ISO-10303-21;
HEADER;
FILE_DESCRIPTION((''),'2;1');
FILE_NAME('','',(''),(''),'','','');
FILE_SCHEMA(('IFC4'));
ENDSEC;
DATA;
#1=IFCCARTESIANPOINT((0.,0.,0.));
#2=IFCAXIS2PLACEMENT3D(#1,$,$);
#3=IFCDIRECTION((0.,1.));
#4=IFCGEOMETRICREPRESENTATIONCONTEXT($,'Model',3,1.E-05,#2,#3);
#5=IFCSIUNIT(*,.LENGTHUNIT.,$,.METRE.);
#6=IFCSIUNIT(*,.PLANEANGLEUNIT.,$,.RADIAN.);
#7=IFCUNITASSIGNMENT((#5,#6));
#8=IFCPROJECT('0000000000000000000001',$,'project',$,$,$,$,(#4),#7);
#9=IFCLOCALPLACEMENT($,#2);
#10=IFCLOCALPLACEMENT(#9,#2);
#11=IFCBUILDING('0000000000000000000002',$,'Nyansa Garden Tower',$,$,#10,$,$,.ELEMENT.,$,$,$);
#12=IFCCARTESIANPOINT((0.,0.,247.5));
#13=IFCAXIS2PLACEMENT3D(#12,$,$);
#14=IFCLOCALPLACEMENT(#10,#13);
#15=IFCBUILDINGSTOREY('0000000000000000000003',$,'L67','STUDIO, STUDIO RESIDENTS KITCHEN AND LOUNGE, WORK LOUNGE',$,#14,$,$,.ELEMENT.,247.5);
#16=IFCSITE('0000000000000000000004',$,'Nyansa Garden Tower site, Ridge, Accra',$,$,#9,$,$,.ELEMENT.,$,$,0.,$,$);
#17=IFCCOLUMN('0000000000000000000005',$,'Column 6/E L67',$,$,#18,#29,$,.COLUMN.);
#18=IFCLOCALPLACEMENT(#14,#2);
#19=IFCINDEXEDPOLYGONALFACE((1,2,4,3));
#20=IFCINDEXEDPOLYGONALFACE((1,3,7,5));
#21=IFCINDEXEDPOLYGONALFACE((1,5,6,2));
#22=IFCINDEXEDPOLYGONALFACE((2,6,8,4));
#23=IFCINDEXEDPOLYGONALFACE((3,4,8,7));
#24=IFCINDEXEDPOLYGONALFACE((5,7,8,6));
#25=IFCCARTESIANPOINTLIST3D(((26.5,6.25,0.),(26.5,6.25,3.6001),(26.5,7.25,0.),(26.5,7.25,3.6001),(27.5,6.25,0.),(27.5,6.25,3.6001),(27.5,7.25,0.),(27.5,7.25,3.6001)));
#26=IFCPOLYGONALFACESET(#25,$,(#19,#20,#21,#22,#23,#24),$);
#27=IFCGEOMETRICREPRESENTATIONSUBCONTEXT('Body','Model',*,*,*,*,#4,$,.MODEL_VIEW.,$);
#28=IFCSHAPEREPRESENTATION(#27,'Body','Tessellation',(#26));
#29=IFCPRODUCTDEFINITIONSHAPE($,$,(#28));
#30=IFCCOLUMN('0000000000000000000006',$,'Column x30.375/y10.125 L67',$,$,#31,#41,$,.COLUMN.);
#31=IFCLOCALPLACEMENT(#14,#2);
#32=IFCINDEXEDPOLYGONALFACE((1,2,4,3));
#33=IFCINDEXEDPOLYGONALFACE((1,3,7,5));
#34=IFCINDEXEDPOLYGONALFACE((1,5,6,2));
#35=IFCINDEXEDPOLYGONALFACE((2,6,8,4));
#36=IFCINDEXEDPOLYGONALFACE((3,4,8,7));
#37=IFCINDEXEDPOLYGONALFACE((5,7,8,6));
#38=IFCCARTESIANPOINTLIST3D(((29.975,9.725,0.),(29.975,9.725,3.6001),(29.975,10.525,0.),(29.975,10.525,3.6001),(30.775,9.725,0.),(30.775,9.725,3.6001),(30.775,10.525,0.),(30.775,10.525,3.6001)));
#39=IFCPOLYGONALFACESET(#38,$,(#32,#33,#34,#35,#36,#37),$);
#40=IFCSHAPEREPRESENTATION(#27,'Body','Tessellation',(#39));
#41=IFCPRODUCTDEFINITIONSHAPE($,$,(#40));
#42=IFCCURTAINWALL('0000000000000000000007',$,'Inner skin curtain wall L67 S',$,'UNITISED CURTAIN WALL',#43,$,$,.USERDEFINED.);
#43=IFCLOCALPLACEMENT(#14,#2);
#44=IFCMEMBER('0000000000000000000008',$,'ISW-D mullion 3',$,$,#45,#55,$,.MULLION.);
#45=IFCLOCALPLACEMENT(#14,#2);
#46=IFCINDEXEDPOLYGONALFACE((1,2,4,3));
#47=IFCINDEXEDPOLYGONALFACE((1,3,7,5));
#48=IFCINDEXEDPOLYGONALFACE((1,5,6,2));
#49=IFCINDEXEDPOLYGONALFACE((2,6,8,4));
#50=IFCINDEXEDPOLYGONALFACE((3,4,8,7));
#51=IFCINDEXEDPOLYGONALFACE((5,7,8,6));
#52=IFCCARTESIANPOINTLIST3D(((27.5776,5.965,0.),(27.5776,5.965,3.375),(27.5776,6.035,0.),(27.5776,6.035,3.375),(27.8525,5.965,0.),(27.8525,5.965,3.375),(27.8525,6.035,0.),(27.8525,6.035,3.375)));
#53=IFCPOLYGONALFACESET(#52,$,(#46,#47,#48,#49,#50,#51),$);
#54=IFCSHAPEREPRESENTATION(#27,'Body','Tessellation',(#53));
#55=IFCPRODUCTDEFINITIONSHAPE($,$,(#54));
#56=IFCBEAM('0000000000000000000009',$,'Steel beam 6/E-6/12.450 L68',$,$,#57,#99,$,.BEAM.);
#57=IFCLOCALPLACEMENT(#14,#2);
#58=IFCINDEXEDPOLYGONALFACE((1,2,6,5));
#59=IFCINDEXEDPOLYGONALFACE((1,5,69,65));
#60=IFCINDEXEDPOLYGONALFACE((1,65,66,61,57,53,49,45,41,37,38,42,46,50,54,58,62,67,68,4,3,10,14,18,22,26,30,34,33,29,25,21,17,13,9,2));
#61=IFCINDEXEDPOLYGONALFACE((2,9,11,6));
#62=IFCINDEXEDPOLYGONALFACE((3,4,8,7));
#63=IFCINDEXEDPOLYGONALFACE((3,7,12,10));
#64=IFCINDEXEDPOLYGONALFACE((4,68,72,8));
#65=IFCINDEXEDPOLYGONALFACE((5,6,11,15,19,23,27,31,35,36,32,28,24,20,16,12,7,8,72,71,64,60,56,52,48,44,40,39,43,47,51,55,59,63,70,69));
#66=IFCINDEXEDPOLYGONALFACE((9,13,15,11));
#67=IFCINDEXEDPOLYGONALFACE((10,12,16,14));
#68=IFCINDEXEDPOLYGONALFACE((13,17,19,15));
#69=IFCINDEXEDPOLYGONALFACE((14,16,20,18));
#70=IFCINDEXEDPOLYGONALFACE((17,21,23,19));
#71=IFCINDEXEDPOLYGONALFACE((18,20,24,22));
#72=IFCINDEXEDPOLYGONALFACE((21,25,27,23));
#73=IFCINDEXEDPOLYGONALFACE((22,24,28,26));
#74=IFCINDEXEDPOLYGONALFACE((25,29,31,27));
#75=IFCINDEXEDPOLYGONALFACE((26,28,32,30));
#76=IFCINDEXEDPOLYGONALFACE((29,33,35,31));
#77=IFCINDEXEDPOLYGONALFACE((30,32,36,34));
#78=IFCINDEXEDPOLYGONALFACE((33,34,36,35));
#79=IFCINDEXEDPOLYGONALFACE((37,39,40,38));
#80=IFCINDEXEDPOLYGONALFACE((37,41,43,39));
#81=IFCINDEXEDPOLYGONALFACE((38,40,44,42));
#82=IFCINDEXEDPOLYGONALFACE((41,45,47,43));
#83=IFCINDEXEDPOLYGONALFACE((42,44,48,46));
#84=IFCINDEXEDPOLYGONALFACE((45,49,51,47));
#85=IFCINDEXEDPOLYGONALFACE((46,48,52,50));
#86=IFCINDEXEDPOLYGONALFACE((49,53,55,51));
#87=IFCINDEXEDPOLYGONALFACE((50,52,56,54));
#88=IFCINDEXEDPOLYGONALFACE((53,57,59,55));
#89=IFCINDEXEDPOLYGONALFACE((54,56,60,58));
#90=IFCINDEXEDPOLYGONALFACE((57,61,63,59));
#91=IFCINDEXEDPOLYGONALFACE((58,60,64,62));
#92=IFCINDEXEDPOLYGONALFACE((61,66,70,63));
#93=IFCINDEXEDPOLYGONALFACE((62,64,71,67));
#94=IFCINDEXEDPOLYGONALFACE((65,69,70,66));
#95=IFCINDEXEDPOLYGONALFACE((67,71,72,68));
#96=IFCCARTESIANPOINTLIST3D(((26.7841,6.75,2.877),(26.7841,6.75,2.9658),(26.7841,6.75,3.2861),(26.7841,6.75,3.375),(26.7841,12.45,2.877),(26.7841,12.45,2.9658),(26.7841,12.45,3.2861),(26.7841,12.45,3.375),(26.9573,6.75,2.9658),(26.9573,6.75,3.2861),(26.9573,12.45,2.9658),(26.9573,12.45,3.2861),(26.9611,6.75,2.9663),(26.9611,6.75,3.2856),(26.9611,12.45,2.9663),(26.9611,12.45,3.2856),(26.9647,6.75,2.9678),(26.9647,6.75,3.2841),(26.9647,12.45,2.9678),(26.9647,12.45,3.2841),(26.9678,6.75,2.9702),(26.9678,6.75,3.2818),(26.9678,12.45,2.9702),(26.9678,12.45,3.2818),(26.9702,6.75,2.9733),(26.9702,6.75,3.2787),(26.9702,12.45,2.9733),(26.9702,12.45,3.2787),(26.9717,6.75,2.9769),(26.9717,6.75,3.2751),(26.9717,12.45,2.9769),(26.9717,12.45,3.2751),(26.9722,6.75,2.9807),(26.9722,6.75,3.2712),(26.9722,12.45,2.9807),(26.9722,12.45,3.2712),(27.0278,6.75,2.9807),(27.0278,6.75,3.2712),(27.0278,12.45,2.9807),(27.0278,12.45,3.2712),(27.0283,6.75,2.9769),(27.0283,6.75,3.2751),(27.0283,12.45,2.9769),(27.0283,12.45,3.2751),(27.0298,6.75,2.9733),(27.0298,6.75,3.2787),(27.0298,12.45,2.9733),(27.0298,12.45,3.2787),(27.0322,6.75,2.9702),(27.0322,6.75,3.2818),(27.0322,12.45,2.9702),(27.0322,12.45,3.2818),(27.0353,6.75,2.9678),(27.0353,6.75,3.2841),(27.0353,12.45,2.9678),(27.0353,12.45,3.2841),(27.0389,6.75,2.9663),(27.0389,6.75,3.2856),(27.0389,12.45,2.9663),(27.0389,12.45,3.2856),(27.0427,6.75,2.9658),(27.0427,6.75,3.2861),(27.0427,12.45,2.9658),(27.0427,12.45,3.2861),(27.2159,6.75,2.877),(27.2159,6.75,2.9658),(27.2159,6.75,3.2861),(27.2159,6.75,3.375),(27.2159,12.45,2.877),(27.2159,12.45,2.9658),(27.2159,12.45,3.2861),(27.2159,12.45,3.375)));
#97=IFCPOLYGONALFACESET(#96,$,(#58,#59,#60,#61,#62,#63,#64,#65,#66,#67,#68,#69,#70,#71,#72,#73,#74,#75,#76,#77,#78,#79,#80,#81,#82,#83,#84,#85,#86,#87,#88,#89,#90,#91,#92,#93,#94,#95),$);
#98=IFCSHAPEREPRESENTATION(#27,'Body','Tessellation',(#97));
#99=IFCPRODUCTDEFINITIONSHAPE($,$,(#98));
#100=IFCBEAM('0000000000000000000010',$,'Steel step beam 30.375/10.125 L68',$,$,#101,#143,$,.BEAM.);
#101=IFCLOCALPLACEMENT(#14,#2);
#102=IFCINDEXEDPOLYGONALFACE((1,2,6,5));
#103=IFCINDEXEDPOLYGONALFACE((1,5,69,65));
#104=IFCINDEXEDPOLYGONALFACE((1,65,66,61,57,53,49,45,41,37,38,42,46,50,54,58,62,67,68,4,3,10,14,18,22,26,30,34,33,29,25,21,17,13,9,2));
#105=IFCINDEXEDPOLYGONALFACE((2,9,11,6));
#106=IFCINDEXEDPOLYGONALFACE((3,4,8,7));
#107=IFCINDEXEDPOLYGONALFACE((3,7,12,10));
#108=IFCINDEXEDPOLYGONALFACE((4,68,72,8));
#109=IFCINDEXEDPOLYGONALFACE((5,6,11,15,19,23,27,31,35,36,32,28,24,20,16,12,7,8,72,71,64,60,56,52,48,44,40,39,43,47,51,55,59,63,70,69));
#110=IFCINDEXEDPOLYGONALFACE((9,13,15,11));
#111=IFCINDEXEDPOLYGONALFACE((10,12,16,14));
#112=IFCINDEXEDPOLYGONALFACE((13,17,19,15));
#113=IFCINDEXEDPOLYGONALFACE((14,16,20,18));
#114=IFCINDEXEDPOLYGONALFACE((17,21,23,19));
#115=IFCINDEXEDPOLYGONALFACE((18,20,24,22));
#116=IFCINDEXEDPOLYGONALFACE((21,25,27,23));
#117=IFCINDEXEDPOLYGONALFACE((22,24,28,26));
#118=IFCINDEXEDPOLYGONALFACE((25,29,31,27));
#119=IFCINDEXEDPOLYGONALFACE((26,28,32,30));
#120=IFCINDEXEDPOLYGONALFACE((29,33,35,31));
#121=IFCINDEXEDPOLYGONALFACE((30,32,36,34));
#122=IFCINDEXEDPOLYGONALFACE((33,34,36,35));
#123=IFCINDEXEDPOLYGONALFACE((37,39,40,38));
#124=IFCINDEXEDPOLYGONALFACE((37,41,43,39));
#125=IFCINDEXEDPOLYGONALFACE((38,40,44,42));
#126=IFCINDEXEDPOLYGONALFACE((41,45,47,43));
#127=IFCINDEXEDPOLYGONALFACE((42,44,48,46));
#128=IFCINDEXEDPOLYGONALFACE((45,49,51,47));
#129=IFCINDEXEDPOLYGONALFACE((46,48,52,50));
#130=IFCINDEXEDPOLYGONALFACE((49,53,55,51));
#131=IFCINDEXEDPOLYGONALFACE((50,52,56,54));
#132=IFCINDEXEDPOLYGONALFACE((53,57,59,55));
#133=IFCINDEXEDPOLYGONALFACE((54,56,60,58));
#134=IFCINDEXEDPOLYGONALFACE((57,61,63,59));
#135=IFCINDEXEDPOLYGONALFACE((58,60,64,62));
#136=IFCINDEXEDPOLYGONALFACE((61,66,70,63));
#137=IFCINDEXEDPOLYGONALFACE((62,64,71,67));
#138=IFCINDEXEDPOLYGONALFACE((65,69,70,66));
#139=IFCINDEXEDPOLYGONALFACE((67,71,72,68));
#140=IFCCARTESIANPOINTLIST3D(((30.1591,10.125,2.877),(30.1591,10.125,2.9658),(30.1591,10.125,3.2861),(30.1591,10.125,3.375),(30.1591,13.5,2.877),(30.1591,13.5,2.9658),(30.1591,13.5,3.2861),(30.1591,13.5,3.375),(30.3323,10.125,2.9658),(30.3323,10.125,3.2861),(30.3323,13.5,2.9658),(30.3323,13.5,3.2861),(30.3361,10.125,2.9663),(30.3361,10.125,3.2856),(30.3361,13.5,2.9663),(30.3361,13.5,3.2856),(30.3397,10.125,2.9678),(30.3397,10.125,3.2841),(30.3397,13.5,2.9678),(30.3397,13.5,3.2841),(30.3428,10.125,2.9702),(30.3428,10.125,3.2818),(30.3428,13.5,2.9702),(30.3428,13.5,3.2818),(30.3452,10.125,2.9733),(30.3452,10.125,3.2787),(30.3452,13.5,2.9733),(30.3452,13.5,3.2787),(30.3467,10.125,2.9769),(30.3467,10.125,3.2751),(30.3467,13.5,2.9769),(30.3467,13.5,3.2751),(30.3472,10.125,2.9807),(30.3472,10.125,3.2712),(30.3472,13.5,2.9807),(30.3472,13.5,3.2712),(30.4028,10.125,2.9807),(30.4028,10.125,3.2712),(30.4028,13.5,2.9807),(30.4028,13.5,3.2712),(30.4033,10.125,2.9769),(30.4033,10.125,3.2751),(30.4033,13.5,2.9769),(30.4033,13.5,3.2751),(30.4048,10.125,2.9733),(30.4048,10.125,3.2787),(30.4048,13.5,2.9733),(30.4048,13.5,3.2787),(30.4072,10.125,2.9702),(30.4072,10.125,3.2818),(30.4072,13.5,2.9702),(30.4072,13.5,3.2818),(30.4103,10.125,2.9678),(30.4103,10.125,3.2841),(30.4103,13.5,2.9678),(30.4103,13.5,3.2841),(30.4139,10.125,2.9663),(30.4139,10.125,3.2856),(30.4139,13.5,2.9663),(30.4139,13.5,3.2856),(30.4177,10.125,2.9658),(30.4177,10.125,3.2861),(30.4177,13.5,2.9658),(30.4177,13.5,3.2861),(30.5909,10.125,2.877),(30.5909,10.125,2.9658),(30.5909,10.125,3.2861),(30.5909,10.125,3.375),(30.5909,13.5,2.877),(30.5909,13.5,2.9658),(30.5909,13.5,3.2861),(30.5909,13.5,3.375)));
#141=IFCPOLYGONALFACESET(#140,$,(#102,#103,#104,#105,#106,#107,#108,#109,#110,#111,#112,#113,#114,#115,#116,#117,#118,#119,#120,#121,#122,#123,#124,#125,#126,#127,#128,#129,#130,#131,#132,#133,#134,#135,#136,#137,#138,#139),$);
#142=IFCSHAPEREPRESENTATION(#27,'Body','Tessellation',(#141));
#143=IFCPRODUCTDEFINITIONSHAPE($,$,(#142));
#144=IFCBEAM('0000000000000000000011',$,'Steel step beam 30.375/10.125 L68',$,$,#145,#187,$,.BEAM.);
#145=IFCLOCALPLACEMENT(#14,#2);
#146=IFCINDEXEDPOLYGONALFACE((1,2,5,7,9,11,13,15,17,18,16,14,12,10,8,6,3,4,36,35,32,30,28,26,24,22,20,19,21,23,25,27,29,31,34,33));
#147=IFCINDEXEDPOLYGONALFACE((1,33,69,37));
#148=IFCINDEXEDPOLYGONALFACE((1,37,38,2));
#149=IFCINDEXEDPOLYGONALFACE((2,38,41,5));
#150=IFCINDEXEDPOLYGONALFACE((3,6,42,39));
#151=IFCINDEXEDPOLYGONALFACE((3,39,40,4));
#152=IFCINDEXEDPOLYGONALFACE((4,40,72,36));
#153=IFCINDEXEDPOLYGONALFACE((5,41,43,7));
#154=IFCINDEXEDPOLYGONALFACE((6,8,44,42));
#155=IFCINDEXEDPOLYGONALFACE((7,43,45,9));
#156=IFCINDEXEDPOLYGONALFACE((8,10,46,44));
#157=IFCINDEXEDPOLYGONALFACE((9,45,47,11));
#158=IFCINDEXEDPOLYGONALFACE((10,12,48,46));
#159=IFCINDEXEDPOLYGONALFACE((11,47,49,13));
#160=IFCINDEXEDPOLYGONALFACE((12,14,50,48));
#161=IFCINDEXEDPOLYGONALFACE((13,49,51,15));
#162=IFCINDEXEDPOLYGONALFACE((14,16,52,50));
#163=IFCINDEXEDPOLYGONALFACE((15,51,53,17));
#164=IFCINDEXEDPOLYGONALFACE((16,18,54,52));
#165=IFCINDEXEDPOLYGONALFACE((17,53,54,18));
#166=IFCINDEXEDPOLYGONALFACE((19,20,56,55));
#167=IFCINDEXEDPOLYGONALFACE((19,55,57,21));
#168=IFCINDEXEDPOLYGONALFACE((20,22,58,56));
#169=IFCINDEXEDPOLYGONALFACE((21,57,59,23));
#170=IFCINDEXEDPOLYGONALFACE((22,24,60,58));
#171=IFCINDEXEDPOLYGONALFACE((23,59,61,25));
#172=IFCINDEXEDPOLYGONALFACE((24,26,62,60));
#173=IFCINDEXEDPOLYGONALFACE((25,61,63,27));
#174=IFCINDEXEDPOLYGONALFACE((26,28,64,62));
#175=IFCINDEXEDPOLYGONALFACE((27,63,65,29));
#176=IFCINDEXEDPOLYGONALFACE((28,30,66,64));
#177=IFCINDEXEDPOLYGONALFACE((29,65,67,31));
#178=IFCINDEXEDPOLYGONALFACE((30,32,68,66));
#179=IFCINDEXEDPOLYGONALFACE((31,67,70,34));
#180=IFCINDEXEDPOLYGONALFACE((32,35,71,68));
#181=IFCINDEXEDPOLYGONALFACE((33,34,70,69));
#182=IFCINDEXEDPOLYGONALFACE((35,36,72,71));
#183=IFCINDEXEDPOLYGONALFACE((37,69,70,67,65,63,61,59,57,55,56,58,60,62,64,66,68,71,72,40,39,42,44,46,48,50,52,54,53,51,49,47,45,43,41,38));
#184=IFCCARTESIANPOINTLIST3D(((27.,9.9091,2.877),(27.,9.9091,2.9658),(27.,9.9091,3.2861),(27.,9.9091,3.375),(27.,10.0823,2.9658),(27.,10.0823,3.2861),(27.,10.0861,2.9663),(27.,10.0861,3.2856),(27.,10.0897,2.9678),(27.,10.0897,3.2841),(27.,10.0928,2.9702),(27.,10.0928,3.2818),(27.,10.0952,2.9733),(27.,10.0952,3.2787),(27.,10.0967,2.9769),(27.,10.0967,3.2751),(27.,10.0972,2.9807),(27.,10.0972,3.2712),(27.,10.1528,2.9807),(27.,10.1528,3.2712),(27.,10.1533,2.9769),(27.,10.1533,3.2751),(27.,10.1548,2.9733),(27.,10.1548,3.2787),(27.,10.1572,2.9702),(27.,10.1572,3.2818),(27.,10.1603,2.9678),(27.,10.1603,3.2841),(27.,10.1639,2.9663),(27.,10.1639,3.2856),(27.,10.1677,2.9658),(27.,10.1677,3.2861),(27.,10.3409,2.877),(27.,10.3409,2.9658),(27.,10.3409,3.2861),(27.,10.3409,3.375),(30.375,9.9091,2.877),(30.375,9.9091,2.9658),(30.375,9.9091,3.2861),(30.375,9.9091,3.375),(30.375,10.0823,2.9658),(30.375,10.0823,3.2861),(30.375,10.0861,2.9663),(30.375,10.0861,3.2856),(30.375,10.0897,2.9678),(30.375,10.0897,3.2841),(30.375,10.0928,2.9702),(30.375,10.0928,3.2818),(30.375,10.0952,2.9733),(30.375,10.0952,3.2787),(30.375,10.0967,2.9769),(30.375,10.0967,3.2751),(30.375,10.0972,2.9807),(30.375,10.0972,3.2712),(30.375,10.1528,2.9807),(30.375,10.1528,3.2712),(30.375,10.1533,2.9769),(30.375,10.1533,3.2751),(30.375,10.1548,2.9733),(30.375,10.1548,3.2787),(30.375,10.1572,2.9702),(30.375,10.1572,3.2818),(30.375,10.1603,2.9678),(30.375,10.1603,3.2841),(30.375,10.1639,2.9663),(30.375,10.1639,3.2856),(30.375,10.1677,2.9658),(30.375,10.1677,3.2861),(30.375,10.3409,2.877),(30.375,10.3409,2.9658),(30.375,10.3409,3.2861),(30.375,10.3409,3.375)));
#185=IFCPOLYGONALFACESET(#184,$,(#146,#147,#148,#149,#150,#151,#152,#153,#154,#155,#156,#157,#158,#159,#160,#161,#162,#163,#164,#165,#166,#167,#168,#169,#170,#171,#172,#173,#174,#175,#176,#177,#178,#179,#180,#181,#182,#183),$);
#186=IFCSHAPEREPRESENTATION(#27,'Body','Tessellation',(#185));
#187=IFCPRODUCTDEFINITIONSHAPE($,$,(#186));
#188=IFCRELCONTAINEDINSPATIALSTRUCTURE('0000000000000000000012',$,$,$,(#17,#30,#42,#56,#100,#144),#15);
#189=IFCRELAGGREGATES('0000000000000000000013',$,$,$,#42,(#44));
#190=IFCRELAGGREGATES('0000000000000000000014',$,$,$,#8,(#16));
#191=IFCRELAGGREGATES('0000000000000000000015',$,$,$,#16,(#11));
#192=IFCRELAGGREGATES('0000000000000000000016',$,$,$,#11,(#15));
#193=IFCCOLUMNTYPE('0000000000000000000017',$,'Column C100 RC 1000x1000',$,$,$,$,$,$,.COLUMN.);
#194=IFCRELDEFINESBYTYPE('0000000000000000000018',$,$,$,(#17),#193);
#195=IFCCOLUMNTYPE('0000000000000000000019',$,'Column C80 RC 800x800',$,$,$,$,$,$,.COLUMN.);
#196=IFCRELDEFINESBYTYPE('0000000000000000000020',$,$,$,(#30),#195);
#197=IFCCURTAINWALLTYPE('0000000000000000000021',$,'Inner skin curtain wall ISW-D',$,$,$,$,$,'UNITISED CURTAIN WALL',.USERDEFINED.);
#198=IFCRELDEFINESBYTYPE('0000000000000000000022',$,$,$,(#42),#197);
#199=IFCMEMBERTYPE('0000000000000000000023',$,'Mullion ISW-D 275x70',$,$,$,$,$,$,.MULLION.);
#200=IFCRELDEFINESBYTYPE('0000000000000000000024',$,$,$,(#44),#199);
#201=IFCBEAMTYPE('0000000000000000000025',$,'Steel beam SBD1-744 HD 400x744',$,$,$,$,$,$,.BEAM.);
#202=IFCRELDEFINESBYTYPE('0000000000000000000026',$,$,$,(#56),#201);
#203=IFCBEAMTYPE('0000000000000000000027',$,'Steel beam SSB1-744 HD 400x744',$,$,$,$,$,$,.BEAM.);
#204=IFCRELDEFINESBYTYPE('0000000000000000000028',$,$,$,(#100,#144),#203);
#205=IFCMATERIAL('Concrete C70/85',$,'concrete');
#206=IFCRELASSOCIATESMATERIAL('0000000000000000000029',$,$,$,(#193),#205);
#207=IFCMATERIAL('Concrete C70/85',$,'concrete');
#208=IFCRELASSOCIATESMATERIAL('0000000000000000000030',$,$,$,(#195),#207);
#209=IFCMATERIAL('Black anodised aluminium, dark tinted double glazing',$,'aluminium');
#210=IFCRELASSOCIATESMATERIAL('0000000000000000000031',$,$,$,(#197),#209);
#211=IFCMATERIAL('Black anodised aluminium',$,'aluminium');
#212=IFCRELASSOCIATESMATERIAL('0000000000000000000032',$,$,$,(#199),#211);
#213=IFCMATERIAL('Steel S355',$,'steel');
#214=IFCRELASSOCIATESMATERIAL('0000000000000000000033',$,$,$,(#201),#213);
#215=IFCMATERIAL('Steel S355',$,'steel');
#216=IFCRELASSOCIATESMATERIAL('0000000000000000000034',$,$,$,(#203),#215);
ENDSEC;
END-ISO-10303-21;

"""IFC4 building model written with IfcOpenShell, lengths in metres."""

from ifc_helpers import new_model, si_unit, direction, frame, origin, origin_2d, place, context, subcontext, project, spatial, rectangle, i_section, extrude, material, material_profile, profile_set, type_object, element, aggregate, save


model = new_model("IFC4")

# Units and contexts
model_context = context("Model", 3, precision=1e-05, world=origin(), true_north=direction((0.0, 1.0)))
body_context = subcontext(model_context, "Body", "Model", "MODEL_VIEW")
ifc_project = project(units=[si_unit("LENGTHUNIT", "METRE"), si_unit("PLANEANGLEUNIT", "RADIAN")], contexts=[model_context])

# Site, building, storey
site_placement = place(None, origin())
site = spatial("IfcSite", under=ifc_project, at=site_placement, Name="Nyansa Garden Tower site, Ridge, Accra", CompositionType="ELEMENT", RefElevation=0.0)
building_placement = place(site_placement, origin())
building = spatial("IfcBuilding", under=site, at=building_placement, Name="Nyansa Garden Tower", CompositionType="ELEMENT")
storey_placement = place(building_placement, frame((0.0, 0.0, 247.5)))
storey = spatial("IfcBuildingStorey", under=building, at=storey_placement, Name="L67", Description="STUDIO, STUDIO RESIDENTS KITCHEN AND LOUNGE, WORK LOUNGE", CompositionType="ELEMENT", Elevation=247.5)

# Columns
ifc_material_1 = material(Name="Concrete C70/85", Category="concrete")
ifc_material_profile_1 = material_profile(ifc_material_1, rectangle(XDim=1.0, YDim=1.0, at=origin_2d()), Name="RC 1000x1000")
ifc_profile_set_1 = profile_set([ifc_material_profile_1], Name="Concrete C70/85")
column_type_1 = type_object("IfcColumnType", Name="Column C100 RC 1000x1000", PredefinedType="COLUMN", material=ifc_profile_set_1)
column_1_placement = place(storey_placement, frame((27.0, 6.75, 0.0), z_axis=(0.0, 0.0, 1.0), x_axis=(1.0, 0.0, 0.0)))
element("IfcColumn", 1, at=column_1_placement, inside=storey, type_object=column_type_1, Name="Column 6/E L67", PredefinedType="COLUMN", context=body_context, shape_type="SweptSolid", body=[
    extrude(rectangle(XDim=1.0, YDim=1.0, at=origin_2d()), origin(), (0.0, 0.0, 1.0), 3.6001),
])
ifc_material_2 = material(Name="Concrete C70/85", Category="concrete")
ifc_material_profile_2 = material_profile(ifc_material_2, rectangle(XDim=0.8, YDim=0.8, at=origin_2d()), Name="RC 800x800")
ifc_profile_set_2 = profile_set([ifc_material_profile_2], Name="Concrete C70/85")
column_type_2 = type_object("IfcColumnType", Name="Column C80 RC 800x800", PredefinedType="COLUMN", material=ifc_profile_set_2)
column_2_placement = place(storey_placement, frame((30.375, 10.125, 0.0), z_axis=(0.0, 0.0, 1.0), x_axis=(1.0, 0.0, 0.0)))
element("IfcColumn", 2, at=column_2_placement, inside=storey, type_object=column_type_2, Name="Column x30.375/y10.125 L67", PredefinedType="COLUMN", context=body_context, shape_type="SweptSolid", body=[
    extrude(rectangle(XDim=0.8, YDim=0.8, at=origin_2d()), origin(), (0.0, 0.0, 1.0), 3.6001),
])

# Curtain wall, member
ifc_material_3 = material(Name="Black anodised aluminium, dark tinted double glazing", Category="aluminium")
curtain_wall_type = type_object("IfcCurtainWallType", Name="Inner skin curtain wall ISW-D", ElementType="UNITISED CURTAIN WALL", PredefinedType="USERDEFINED", material=ifc_material_3)
curtain_wall_placement = place(storey_placement, origin())
curtain_wall = element("IfcCurtainWall", 3, at=curtain_wall_placement, inside=storey, type_object=curtain_wall_type, Name="Inner skin curtain wall L67 S", ObjectType="UNITISED CURTAIN WALL", PredefinedType="USERDEFINED")
ifc_material_4 = material(Name="Black anodised aluminium", Category="aluminium")
ifc_material_profile_3 = material_profile(ifc_material_4, rectangle(XDim=0.0701, YDim=0.2749, at=origin_2d()), Name="Mullion 275x70")
ifc_profile_set_3 = profile_set([ifc_material_profile_3], Name="Black anodised aluminium")
member_type = type_object("IfcMemberType", Name="Mullion ISW-D 275x70", PredefinedType="MULLION", material=ifc_profile_set_3)
member_placement = place(storey_placement, frame((27.7151, 6.0, 0.0), z_axis=(0.0, 0.0, 1.0), x_axis=(0.0, 1.0, 0.0)))
member = element("IfcMember", 4, at=member_placement, type_object=member_type, Name="ISW-D mullion 3", PredefinedType="MULLION", context=body_context, shape_type="SweptSolid", body=[
    extrude(rectangle(XDim=0.0701, YDim=0.2749, at=origin_2d()), origin(), (0.0, 0.0, 1.0), 3.375),
])

# Beams
ifc_material_5 = material(Name="Steel S355", Category="steel")
ifc_material_profile_4 = material_profile(ifc_material_5, i_section(OverallWidth=0.4319, OverallDepth=0.498, WebThickness=0.0557, FlangeThickness=0.0889, FilletRadius=0.0149, at=origin_2d()), Name="HD 400x744")
ifc_profile_set_4 = profile_set([ifc_material_profile_4], Name="Steel S355")
beam_type_1 = type_object("IfcBeamType", Name="Steel beam SBD1-744 HD 400x744", PredefinedType="BEAM", material=ifc_profile_set_4)
beam_placement = place(storey_placement, frame((27.0, 6.75, 3.126), z_axis=(0.0, 1.0, 0.0), x_axis=(-1.0, 0.0, 0.0)))
element("IfcBeam", 5, at=beam_placement, inside=storey, type_object=beam_type_1, Name="Steel beam 6/E-6/12.450 L68", PredefinedType="BEAM", context=body_context, shape_type="SweptSolid", body=[
    extrude(i_section(OverallWidth=0.4319, OverallDepth=0.498, WebThickness=0.0557, FlangeThickness=0.0889, FilletRadius=0.0149, at=origin_2d()), origin(), (0.0, 0.0, 1.0), 5.7),
])
ifc_material_6 = material(Name="Steel S355", Category="steel")
ifc_material_profile_5 = material_profile(ifc_material_6, i_section(OverallWidth=0.4319, OverallDepth=0.498, WebThickness=0.0557, FlangeThickness=0.0889, FilletRadius=0.0149, at=origin_2d()), Name="HD 400x744")
ifc_profile_set_5 = profile_set([ifc_material_profile_5], Name="Steel S355")
beam_type_2 = type_object("IfcBeamType", Name="Steel beam SSB1-744 HD 400x744", PredefinedType="BEAM", material=ifc_profile_set_5)
for number, where, z_axis, x_axis, name in (
    (6, (30.375, 10.125, 3.126), (0.0, 1.0, 0.0), (-1.0, 0.0, 0.0), "Steel step beam 30.375/10.125 L68"),
    (7, (30.375, 10.125, 3.126), (-1.0, 0.0, 0.0), (0.0, -1.0, 0.0), "Steel step beam 30.375/10.125 L68"),
):
    element("IfcBeam", number, at=place(storey_placement, frame(where, z_axis=z_axis, x_axis=x_axis)), inside=storey, type_object=beam_type_2, Name=name, PredefinedType="BEAM", context=body_context, shape_type="SweptSolid", body=[
        extrude(i_section(OverallWidth=0.4319, OverallDepth=0.498, WebThickness=0.0557, FlangeThickness=0.0889, FilletRadius=0.0149, at=origin_2d()), origin(), (0.0, 0.0, 1.0), 3.375),
    ])

aggregate(curtain_wall, [member])

save(model, "model.ifc")
